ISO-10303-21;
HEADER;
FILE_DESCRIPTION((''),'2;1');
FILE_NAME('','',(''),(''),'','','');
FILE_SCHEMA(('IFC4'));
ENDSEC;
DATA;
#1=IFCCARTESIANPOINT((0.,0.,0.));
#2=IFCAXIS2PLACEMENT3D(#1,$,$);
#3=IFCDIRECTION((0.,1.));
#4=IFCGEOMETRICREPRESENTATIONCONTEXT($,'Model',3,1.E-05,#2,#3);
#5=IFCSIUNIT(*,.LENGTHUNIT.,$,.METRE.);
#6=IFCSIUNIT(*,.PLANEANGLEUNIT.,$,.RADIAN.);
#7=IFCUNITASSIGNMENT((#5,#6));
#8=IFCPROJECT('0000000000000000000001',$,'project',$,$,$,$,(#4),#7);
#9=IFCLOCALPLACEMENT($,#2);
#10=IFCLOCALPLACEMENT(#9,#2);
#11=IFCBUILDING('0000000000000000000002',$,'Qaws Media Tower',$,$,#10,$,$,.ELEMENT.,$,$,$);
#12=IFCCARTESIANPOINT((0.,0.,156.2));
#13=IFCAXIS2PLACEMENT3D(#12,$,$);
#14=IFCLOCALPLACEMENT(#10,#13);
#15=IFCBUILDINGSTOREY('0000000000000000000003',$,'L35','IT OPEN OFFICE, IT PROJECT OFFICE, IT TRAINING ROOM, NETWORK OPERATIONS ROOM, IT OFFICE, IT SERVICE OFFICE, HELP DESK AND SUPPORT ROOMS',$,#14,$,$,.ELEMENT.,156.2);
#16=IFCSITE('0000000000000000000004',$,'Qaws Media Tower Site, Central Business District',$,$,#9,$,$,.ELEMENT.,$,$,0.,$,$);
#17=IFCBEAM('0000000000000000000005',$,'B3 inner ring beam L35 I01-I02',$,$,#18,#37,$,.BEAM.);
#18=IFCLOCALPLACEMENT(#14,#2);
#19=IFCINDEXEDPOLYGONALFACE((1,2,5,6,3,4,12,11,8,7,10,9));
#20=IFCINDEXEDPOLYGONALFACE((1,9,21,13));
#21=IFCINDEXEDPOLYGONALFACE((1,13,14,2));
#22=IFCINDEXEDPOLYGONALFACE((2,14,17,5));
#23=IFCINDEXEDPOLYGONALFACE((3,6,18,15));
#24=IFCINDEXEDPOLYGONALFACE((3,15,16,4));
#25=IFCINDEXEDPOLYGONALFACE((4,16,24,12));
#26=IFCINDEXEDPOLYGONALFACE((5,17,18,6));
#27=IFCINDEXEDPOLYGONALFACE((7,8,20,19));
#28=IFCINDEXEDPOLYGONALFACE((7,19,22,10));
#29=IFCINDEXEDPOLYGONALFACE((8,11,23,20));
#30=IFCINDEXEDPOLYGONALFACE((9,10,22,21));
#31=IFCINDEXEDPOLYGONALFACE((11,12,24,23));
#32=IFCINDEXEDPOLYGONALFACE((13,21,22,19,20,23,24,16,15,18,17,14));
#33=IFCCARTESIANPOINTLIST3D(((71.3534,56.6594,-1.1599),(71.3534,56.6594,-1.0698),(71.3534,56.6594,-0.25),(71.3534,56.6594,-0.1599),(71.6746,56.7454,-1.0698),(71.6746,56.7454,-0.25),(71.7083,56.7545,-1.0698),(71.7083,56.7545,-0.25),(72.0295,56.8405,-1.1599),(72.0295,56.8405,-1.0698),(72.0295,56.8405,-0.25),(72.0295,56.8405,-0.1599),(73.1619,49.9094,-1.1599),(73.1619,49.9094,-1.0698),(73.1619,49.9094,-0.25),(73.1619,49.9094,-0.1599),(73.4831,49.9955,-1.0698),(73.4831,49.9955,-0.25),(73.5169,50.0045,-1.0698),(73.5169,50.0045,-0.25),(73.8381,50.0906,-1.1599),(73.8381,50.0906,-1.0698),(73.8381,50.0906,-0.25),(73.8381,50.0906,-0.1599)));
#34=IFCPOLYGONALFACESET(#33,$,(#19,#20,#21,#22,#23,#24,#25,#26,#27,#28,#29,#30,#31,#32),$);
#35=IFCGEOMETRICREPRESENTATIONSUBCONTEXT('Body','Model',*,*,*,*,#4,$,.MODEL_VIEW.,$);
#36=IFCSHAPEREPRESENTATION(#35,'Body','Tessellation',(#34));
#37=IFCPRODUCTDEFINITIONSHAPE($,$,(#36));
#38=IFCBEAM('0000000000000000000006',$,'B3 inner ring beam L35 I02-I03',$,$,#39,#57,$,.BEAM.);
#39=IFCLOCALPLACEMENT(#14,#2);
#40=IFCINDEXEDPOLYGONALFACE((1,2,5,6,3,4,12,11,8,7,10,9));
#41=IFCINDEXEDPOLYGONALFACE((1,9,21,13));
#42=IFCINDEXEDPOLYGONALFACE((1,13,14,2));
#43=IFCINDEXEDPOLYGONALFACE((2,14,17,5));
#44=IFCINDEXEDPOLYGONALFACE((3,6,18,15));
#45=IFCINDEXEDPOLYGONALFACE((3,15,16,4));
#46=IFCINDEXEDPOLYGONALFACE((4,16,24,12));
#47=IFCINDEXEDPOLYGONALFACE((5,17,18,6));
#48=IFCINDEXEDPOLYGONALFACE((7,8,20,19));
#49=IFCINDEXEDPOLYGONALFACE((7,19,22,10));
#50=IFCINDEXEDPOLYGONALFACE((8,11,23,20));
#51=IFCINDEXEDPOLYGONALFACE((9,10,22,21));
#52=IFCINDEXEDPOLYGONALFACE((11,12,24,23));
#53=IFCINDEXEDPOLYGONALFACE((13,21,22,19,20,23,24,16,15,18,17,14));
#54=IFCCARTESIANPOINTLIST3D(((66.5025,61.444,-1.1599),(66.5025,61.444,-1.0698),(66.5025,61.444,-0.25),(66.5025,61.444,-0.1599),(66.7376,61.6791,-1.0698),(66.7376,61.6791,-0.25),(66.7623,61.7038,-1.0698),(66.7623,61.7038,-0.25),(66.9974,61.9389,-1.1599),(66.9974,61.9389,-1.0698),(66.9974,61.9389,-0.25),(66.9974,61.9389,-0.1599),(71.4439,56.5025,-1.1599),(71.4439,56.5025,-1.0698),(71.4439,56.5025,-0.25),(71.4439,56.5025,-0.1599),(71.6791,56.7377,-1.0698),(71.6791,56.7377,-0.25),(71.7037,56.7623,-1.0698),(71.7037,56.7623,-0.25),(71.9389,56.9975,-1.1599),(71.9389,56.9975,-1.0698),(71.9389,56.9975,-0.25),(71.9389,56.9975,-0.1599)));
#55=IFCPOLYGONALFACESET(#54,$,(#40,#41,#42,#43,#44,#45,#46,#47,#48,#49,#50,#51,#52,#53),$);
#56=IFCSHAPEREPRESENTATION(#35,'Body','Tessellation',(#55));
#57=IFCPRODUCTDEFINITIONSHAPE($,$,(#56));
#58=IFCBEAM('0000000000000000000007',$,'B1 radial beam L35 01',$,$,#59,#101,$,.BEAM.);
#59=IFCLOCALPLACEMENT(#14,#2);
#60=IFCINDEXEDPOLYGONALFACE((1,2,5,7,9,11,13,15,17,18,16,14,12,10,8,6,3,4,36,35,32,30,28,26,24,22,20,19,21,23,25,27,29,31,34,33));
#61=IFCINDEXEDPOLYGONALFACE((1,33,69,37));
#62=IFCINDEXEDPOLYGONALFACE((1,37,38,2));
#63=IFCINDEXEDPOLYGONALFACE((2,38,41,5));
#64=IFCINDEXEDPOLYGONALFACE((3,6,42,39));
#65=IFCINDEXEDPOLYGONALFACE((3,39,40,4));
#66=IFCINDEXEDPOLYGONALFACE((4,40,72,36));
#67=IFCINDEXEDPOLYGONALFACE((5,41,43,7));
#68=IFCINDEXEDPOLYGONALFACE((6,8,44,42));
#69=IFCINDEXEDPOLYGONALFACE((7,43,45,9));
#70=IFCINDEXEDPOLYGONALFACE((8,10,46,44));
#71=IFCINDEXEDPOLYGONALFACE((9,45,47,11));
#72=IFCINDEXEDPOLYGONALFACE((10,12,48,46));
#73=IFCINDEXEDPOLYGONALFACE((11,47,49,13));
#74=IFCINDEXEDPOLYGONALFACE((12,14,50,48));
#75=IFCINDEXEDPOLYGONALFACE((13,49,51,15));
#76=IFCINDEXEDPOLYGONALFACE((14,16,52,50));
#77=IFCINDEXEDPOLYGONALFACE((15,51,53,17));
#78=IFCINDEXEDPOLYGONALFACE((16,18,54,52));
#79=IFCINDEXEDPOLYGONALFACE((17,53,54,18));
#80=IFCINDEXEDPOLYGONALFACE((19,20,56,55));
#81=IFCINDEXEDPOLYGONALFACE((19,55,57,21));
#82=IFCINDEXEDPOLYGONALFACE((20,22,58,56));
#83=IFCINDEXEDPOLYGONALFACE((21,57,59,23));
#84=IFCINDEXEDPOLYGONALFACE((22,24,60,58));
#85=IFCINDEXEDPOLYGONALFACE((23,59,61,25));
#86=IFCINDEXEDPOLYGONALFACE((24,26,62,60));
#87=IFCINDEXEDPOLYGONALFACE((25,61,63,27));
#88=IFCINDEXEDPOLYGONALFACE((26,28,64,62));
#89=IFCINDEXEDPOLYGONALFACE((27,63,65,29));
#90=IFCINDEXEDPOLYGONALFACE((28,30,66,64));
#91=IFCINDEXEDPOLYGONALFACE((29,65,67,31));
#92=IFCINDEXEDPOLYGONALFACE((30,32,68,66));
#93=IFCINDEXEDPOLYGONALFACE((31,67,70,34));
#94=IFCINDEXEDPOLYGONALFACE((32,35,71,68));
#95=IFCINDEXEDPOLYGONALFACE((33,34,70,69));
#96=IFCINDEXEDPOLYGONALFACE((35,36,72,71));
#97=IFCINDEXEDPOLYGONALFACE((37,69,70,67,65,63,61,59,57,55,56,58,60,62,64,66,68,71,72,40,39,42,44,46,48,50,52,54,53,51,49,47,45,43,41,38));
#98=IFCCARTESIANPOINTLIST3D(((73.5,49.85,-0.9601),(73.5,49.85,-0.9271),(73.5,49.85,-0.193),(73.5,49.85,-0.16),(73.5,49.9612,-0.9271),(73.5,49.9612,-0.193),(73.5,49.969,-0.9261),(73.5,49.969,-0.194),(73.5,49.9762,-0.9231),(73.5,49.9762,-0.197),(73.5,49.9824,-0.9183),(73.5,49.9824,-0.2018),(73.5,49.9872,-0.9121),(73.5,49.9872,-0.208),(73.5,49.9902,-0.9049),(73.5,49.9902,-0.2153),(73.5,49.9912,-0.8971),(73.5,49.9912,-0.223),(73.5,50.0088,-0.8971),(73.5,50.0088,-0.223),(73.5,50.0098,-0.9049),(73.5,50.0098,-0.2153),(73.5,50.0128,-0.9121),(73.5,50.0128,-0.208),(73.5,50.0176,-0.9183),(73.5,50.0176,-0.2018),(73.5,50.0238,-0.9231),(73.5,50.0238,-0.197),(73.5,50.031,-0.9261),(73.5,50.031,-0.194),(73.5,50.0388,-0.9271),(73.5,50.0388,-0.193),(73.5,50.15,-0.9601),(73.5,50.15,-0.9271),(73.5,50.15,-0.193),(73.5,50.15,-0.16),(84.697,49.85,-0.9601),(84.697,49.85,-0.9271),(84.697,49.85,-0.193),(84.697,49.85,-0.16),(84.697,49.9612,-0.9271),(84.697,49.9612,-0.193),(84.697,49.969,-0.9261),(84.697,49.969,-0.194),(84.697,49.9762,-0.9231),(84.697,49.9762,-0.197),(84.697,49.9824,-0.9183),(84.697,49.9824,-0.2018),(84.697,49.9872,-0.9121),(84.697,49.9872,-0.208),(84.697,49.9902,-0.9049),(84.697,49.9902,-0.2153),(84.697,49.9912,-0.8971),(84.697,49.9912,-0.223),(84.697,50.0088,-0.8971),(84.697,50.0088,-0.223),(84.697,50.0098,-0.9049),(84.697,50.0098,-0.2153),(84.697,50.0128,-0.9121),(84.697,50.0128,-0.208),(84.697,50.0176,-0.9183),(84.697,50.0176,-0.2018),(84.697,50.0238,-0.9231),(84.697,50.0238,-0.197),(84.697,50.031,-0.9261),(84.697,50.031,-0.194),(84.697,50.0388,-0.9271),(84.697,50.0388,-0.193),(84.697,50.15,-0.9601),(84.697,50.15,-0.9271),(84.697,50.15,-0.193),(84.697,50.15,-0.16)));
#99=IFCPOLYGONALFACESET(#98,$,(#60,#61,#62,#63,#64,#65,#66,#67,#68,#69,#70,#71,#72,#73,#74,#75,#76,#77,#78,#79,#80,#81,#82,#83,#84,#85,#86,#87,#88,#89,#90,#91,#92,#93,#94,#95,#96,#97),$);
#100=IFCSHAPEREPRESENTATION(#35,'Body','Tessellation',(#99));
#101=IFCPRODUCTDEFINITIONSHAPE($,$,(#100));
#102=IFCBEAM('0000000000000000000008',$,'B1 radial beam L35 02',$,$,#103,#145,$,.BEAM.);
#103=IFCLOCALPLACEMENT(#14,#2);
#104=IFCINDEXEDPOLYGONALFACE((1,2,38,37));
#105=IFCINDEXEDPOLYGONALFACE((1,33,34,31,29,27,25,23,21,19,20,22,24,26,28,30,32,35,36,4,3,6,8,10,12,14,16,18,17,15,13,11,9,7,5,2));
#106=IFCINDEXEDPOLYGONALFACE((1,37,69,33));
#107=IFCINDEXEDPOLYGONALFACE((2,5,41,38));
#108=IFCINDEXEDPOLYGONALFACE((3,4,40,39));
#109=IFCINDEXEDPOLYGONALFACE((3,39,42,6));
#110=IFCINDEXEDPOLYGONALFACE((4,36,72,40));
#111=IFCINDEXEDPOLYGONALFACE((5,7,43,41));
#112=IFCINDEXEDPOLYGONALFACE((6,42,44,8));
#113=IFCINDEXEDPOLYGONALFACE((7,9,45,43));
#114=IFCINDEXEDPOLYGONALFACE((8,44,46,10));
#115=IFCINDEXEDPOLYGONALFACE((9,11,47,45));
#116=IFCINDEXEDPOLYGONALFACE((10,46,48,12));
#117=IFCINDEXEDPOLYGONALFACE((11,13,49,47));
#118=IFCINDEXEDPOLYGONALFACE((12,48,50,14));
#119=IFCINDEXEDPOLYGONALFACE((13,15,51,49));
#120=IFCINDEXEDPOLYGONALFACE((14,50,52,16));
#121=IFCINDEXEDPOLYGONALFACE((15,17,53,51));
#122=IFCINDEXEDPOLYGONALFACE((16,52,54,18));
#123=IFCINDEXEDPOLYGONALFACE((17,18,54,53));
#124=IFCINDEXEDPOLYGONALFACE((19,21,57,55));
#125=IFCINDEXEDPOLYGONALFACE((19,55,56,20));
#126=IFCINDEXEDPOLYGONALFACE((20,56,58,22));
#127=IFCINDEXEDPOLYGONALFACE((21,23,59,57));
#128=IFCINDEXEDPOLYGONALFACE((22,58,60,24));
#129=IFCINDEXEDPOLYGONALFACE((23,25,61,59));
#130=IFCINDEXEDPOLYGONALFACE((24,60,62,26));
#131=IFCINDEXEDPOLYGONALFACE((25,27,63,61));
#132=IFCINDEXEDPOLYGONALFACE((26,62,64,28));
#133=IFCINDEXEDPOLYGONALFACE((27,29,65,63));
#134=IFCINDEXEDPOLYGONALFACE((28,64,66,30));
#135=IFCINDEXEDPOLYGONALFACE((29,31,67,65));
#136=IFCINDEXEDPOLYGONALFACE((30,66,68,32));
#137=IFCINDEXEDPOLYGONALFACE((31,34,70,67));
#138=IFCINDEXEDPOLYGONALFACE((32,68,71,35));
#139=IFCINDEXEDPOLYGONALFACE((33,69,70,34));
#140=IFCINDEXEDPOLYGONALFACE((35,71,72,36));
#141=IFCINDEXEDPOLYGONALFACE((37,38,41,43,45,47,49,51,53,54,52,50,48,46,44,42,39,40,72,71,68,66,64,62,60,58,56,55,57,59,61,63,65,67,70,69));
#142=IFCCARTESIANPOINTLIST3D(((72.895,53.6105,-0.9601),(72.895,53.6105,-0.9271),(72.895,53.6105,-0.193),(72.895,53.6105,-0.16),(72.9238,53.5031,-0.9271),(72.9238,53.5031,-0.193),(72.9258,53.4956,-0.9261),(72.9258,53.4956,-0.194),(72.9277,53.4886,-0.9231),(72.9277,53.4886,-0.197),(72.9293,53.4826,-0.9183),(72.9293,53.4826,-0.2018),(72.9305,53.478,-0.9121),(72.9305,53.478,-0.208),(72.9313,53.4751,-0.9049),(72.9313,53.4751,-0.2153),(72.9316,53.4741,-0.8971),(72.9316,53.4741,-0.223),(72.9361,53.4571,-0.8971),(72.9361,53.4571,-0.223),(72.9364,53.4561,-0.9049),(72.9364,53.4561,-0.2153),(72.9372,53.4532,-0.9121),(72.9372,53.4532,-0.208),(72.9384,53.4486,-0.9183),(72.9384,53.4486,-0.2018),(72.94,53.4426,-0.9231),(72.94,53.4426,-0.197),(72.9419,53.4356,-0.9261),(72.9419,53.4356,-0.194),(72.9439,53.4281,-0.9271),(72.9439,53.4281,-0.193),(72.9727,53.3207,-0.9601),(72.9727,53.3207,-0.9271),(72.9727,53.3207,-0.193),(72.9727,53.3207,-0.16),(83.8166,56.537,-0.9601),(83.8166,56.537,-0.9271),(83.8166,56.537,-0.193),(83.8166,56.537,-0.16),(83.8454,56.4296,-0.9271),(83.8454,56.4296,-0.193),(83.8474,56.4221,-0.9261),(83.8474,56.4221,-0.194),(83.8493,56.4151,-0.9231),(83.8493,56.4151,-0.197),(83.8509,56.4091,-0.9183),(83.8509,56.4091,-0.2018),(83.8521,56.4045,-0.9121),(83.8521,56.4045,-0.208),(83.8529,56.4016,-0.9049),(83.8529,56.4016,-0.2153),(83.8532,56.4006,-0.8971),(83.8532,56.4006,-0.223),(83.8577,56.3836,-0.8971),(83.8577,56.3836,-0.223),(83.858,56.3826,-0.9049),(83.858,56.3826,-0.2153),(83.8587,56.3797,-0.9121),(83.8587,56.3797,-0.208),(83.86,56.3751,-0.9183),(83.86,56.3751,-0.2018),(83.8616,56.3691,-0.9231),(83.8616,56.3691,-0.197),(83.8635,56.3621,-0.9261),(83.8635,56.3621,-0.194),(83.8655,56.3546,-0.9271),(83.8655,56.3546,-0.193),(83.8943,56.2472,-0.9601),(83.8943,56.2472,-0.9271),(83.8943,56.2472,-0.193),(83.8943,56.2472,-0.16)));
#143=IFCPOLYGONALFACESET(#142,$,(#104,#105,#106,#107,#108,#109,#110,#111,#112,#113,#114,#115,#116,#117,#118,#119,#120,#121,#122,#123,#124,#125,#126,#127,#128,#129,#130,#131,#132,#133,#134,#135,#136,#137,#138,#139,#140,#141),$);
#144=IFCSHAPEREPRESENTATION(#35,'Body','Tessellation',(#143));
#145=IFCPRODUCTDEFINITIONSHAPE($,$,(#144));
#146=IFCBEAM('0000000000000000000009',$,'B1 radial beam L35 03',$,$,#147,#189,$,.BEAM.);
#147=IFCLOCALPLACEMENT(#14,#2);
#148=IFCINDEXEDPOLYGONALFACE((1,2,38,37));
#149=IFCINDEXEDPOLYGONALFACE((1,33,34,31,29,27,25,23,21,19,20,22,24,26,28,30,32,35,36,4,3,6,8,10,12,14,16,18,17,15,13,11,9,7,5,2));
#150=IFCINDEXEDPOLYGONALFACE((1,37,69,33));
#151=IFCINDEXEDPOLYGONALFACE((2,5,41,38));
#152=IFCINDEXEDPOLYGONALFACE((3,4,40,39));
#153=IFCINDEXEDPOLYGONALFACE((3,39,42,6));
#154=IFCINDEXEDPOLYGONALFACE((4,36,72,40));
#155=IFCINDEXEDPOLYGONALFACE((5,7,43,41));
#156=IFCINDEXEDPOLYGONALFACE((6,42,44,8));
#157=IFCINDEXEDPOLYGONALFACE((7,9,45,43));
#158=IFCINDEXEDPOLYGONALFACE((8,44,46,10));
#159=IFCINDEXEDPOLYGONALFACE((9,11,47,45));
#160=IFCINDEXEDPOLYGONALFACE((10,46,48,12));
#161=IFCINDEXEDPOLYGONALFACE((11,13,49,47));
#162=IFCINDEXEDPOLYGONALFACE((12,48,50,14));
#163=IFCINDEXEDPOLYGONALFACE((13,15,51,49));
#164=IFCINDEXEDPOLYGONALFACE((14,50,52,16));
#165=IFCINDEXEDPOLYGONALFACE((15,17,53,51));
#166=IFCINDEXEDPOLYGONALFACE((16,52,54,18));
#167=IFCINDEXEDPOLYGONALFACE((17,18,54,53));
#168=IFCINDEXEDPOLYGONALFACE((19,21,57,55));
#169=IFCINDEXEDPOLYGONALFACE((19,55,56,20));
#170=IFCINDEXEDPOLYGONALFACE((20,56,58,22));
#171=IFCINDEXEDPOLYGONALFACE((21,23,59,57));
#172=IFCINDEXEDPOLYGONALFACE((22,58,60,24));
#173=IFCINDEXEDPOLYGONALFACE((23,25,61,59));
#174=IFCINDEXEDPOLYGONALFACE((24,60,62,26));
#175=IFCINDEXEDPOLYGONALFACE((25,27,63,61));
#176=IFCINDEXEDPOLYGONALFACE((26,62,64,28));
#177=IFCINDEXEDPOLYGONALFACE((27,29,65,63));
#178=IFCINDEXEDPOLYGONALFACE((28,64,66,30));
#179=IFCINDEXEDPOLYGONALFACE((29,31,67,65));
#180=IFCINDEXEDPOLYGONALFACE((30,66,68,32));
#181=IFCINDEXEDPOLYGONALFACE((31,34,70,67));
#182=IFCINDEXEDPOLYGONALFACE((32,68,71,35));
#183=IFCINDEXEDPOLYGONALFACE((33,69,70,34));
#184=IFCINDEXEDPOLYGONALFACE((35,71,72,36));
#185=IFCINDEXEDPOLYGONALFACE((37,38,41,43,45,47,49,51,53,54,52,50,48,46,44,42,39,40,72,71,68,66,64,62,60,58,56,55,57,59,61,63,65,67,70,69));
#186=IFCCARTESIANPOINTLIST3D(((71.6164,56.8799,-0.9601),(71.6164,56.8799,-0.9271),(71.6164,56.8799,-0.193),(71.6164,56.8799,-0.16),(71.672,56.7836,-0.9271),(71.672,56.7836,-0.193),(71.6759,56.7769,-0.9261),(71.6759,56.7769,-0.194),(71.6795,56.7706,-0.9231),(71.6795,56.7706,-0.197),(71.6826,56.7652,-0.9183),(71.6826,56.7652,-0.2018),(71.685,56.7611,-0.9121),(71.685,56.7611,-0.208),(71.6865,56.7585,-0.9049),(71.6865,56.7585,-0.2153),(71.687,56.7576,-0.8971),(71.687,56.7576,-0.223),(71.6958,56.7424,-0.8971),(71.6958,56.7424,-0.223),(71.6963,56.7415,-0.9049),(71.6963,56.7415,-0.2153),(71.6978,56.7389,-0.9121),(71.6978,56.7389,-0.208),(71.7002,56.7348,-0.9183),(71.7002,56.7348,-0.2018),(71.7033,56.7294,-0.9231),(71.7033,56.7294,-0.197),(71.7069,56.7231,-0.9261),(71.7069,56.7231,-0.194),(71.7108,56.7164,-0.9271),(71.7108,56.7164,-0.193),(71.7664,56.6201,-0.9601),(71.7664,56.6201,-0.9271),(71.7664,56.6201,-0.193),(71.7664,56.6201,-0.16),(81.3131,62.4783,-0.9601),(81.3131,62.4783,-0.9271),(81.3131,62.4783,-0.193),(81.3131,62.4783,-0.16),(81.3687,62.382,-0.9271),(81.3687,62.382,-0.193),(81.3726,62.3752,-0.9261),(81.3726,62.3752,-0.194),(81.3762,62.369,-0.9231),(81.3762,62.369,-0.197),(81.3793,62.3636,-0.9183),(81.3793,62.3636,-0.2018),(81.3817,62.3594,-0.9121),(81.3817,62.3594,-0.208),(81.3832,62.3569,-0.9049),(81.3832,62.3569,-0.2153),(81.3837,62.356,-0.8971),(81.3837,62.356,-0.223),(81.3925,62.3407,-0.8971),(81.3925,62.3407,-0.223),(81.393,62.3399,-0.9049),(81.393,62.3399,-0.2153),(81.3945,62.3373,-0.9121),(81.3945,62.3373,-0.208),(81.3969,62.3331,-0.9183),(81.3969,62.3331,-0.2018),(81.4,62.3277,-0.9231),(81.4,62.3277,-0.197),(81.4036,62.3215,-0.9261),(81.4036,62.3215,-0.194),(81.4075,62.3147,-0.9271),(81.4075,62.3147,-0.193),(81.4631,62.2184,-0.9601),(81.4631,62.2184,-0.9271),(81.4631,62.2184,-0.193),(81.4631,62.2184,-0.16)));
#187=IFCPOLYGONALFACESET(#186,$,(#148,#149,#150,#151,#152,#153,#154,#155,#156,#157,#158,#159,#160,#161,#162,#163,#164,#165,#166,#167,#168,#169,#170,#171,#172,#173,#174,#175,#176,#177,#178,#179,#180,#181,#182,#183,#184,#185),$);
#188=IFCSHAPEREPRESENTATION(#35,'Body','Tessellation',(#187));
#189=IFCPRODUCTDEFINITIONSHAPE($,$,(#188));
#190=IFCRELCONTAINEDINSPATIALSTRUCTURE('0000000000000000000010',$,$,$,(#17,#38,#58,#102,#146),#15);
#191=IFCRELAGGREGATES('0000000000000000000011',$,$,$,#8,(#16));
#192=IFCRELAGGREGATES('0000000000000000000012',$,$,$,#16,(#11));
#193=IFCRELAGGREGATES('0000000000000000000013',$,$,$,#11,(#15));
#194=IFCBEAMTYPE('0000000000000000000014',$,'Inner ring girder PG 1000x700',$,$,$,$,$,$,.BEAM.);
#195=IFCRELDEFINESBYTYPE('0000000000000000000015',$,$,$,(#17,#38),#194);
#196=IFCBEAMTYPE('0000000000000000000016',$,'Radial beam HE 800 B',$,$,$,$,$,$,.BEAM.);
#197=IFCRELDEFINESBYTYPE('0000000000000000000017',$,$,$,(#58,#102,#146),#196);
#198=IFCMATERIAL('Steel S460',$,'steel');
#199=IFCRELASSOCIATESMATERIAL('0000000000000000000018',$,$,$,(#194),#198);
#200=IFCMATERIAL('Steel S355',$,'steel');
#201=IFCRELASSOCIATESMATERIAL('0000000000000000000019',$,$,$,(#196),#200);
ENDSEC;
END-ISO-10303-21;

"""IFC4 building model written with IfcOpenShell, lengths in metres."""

from ifc_helpers import new_model, si_unit, direction, frame, origin, origin_2d, place, context, subcontext, project, spatial, i_section, extrude, material, material_profile, profile_set, type_object, element, save


model = new_model("IFC4")

# Units and contexts
model_context = context("Model", 3, precision=1e-05, world=origin(), true_north=direction((0.0, 1.0)))
body_context = subcontext(model_context, "Body", "Model", "MODEL_VIEW")
ifc_project = project(units=[si_unit("LENGTHUNIT", "METRE"), si_unit("PLANEANGLEUNIT", "RADIAN")], contexts=[model_context])

# Site, building, storey
site_placement = place(None, origin())
site = spatial("IfcSite", under=ifc_project, at=site_placement, Name="Qaws Media Tower Site, Central Business District", CompositionType="ELEMENT", RefElevation=0.0)
building_placement = place(site_placement, origin())
building = spatial("IfcBuilding", under=site, at=building_placement, Name="Qaws Media Tower", CompositionType="ELEMENT")
storey_placement = place(building_placement, frame((0.0, 0.0, 156.2)))
storey = spatial("IfcBuildingStorey", under=building, at=storey_placement, Name="L35", Description="IT OPEN OFFICE, IT PROJECT OFFICE, IT TRAINING ROOM, NETWORK OPERATIONS ROOM, IT OFFICE, IT SERVICE OFFICE, HELP DESK AND SUPPORT ROOMS", CompositionType="ELEMENT", Elevation=156.2)

# Beams
ifc_material_1 = material(Name="Steel S460", Category="steel")
ifc_material_profile_1 = material_profile(ifc_material_1, i_section(OverallWidth=0.7, OverallDepth=1.0, WebThickness=0.0349, FlangeThickness=0.0901, at=origin_2d()), Name="PG 1000x700")
ifc_profile_set_1 = profile_set([ifc_material_profile_1], Name="Steel S460")
beam_type_1 = type_object("IfcBeamType", Name="Inner ring girder PG 1000x700", PredefinedType="BEAM", material=ifc_profile_set_1)
beam_1_placement = place(storey_placement, frame((73.5, 50.0, -0.6599), z_axis=(-0.258811, 0.965928, 0.0), x_axis=(-0.965928, -0.258811, 0.0)))
element("IfcBeam", 1, at=beam_1_placement, inside=storey, type_object=beam_type_1, Name="B3 inner ring beam L35 I01-I02", PredefinedType="BEAM", context=body_context, shape_type="SweptSolid", body=[
    extrude(i_section(OverallWidth=0.7, OverallDepth=1.0, WebThickness=0.0349, FlangeThickness=0.0901, at=origin_2d()), origin(), (0.0, 0.0, 1.0), 6.988),
])
beam_2_placement = place(storey_placement, frame((71.6914, 56.75, -0.6599), z_axis=(-0.707107, 0.707107, 0.0), x_axis=(-0.707107, -0.707107, 0.0)))
element("IfcBeam", 2, at=beam_2_placement, inside=storey, type_object=beam_type_1, Name="B3 inner ring beam L35 I02-I03", PredefinedType="BEAM", context=body_context, shape_type="SweptSolid", body=[
    extrude(i_section(OverallWidth=0.7, OverallDepth=1.0, WebThickness=0.0349, FlangeThickness=0.0901, at=origin_2d()), origin(), (0.0, 0.0, 1.0), 6.9883),
])
ifc_material_2 = material(Name="Steel S355", Category="steel")
ifc_material_profile_2 = material_profile(ifc_material_2, i_section(OverallWidth=0.3, OverallDepth=0.8, WebThickness=0.0176, FlangeThickness=0.033, FilletRadius=0.03, at=origin_2d()), Name="HE 800 B")
ifc_profile_set_2 = profile_set([ifc_material_profile_2], Name="Steel S355")
beam_type_2 = type_object("IfcBeamType", Name="Radial beam HE 800 B", PredefinedType="BEAM", material=ifc_profile_set_2)
beam_3_placement = place(storey_placement, frame((73.5, 50.0, -0.5601), z_axis=(1.0, 0.0, 0.0), x_axis=(0.0, 1.0, 0.0)))
element("IfcBeam", 3, at=beam_3_placement, inside=storey, type_object=beam_type_2, Name="B1 radial beam L35 01", PredefinedType="BEAM", context=body_context, shape_type="SweptSolid", body=[
    extrude(i_section(OverallWidth=0.3, OverallDepth=0.8, WebThickness=0.0176, FlangeThickness=0.033, FilletRadius=0.03, at=origin_2d()), origin(), (0.0, 0.0, 1.0), 11.197),
])
beam_4_placement = place(storey_placement, frame((72.9338, 53.4656, -0.5601), z_axis=(0.965924, 0.258825, 0.0), x_axis=(-0.258825, 0.965924, 0.0)))
element("IfcBeam", 4, at=beam_4_placement, inside=storey, type_object=beam_type_2, Name="B1 radial beam L35 02", PredefinedType="BEAM", context=body_context, shape_type="SweptSolid", body=[
    extrude(i_section(OverallWidth=0.3, OverallDepth=0.8, WebThickness=0.0176, FlangeThickness=0.033, FilletRadius=0.03, at=origin_2d()), origin(), (0.0, 0.0, 1.0), 11.3069),
])
beam_5_placement = place(storey_placement, frame((71.6914, 56.75, -0.5601), z_axis=(0.866027, 0.499997, 0.0), x_axis=(-0.499997, 0.866027, 0.0)))
element("IfcBeam", 5, at=beam_5_placement, inside=storey, type_object=beam_type_2, Name="B1 radial beam L35 03", PredefinedType="BEAM", context=body_context, shape_type="SweptSolid", body=[
    extrude(i_section(OverallWidth=0.3, OverallDepth=0.8, WebThickness=0.0176, FlangeThickness=0.033, FilletRadius=0.03, at=origin_2d()), origin(), (0.0, 0.0, 1.0), 11.1968),
])

save(model, "model.ifc")
